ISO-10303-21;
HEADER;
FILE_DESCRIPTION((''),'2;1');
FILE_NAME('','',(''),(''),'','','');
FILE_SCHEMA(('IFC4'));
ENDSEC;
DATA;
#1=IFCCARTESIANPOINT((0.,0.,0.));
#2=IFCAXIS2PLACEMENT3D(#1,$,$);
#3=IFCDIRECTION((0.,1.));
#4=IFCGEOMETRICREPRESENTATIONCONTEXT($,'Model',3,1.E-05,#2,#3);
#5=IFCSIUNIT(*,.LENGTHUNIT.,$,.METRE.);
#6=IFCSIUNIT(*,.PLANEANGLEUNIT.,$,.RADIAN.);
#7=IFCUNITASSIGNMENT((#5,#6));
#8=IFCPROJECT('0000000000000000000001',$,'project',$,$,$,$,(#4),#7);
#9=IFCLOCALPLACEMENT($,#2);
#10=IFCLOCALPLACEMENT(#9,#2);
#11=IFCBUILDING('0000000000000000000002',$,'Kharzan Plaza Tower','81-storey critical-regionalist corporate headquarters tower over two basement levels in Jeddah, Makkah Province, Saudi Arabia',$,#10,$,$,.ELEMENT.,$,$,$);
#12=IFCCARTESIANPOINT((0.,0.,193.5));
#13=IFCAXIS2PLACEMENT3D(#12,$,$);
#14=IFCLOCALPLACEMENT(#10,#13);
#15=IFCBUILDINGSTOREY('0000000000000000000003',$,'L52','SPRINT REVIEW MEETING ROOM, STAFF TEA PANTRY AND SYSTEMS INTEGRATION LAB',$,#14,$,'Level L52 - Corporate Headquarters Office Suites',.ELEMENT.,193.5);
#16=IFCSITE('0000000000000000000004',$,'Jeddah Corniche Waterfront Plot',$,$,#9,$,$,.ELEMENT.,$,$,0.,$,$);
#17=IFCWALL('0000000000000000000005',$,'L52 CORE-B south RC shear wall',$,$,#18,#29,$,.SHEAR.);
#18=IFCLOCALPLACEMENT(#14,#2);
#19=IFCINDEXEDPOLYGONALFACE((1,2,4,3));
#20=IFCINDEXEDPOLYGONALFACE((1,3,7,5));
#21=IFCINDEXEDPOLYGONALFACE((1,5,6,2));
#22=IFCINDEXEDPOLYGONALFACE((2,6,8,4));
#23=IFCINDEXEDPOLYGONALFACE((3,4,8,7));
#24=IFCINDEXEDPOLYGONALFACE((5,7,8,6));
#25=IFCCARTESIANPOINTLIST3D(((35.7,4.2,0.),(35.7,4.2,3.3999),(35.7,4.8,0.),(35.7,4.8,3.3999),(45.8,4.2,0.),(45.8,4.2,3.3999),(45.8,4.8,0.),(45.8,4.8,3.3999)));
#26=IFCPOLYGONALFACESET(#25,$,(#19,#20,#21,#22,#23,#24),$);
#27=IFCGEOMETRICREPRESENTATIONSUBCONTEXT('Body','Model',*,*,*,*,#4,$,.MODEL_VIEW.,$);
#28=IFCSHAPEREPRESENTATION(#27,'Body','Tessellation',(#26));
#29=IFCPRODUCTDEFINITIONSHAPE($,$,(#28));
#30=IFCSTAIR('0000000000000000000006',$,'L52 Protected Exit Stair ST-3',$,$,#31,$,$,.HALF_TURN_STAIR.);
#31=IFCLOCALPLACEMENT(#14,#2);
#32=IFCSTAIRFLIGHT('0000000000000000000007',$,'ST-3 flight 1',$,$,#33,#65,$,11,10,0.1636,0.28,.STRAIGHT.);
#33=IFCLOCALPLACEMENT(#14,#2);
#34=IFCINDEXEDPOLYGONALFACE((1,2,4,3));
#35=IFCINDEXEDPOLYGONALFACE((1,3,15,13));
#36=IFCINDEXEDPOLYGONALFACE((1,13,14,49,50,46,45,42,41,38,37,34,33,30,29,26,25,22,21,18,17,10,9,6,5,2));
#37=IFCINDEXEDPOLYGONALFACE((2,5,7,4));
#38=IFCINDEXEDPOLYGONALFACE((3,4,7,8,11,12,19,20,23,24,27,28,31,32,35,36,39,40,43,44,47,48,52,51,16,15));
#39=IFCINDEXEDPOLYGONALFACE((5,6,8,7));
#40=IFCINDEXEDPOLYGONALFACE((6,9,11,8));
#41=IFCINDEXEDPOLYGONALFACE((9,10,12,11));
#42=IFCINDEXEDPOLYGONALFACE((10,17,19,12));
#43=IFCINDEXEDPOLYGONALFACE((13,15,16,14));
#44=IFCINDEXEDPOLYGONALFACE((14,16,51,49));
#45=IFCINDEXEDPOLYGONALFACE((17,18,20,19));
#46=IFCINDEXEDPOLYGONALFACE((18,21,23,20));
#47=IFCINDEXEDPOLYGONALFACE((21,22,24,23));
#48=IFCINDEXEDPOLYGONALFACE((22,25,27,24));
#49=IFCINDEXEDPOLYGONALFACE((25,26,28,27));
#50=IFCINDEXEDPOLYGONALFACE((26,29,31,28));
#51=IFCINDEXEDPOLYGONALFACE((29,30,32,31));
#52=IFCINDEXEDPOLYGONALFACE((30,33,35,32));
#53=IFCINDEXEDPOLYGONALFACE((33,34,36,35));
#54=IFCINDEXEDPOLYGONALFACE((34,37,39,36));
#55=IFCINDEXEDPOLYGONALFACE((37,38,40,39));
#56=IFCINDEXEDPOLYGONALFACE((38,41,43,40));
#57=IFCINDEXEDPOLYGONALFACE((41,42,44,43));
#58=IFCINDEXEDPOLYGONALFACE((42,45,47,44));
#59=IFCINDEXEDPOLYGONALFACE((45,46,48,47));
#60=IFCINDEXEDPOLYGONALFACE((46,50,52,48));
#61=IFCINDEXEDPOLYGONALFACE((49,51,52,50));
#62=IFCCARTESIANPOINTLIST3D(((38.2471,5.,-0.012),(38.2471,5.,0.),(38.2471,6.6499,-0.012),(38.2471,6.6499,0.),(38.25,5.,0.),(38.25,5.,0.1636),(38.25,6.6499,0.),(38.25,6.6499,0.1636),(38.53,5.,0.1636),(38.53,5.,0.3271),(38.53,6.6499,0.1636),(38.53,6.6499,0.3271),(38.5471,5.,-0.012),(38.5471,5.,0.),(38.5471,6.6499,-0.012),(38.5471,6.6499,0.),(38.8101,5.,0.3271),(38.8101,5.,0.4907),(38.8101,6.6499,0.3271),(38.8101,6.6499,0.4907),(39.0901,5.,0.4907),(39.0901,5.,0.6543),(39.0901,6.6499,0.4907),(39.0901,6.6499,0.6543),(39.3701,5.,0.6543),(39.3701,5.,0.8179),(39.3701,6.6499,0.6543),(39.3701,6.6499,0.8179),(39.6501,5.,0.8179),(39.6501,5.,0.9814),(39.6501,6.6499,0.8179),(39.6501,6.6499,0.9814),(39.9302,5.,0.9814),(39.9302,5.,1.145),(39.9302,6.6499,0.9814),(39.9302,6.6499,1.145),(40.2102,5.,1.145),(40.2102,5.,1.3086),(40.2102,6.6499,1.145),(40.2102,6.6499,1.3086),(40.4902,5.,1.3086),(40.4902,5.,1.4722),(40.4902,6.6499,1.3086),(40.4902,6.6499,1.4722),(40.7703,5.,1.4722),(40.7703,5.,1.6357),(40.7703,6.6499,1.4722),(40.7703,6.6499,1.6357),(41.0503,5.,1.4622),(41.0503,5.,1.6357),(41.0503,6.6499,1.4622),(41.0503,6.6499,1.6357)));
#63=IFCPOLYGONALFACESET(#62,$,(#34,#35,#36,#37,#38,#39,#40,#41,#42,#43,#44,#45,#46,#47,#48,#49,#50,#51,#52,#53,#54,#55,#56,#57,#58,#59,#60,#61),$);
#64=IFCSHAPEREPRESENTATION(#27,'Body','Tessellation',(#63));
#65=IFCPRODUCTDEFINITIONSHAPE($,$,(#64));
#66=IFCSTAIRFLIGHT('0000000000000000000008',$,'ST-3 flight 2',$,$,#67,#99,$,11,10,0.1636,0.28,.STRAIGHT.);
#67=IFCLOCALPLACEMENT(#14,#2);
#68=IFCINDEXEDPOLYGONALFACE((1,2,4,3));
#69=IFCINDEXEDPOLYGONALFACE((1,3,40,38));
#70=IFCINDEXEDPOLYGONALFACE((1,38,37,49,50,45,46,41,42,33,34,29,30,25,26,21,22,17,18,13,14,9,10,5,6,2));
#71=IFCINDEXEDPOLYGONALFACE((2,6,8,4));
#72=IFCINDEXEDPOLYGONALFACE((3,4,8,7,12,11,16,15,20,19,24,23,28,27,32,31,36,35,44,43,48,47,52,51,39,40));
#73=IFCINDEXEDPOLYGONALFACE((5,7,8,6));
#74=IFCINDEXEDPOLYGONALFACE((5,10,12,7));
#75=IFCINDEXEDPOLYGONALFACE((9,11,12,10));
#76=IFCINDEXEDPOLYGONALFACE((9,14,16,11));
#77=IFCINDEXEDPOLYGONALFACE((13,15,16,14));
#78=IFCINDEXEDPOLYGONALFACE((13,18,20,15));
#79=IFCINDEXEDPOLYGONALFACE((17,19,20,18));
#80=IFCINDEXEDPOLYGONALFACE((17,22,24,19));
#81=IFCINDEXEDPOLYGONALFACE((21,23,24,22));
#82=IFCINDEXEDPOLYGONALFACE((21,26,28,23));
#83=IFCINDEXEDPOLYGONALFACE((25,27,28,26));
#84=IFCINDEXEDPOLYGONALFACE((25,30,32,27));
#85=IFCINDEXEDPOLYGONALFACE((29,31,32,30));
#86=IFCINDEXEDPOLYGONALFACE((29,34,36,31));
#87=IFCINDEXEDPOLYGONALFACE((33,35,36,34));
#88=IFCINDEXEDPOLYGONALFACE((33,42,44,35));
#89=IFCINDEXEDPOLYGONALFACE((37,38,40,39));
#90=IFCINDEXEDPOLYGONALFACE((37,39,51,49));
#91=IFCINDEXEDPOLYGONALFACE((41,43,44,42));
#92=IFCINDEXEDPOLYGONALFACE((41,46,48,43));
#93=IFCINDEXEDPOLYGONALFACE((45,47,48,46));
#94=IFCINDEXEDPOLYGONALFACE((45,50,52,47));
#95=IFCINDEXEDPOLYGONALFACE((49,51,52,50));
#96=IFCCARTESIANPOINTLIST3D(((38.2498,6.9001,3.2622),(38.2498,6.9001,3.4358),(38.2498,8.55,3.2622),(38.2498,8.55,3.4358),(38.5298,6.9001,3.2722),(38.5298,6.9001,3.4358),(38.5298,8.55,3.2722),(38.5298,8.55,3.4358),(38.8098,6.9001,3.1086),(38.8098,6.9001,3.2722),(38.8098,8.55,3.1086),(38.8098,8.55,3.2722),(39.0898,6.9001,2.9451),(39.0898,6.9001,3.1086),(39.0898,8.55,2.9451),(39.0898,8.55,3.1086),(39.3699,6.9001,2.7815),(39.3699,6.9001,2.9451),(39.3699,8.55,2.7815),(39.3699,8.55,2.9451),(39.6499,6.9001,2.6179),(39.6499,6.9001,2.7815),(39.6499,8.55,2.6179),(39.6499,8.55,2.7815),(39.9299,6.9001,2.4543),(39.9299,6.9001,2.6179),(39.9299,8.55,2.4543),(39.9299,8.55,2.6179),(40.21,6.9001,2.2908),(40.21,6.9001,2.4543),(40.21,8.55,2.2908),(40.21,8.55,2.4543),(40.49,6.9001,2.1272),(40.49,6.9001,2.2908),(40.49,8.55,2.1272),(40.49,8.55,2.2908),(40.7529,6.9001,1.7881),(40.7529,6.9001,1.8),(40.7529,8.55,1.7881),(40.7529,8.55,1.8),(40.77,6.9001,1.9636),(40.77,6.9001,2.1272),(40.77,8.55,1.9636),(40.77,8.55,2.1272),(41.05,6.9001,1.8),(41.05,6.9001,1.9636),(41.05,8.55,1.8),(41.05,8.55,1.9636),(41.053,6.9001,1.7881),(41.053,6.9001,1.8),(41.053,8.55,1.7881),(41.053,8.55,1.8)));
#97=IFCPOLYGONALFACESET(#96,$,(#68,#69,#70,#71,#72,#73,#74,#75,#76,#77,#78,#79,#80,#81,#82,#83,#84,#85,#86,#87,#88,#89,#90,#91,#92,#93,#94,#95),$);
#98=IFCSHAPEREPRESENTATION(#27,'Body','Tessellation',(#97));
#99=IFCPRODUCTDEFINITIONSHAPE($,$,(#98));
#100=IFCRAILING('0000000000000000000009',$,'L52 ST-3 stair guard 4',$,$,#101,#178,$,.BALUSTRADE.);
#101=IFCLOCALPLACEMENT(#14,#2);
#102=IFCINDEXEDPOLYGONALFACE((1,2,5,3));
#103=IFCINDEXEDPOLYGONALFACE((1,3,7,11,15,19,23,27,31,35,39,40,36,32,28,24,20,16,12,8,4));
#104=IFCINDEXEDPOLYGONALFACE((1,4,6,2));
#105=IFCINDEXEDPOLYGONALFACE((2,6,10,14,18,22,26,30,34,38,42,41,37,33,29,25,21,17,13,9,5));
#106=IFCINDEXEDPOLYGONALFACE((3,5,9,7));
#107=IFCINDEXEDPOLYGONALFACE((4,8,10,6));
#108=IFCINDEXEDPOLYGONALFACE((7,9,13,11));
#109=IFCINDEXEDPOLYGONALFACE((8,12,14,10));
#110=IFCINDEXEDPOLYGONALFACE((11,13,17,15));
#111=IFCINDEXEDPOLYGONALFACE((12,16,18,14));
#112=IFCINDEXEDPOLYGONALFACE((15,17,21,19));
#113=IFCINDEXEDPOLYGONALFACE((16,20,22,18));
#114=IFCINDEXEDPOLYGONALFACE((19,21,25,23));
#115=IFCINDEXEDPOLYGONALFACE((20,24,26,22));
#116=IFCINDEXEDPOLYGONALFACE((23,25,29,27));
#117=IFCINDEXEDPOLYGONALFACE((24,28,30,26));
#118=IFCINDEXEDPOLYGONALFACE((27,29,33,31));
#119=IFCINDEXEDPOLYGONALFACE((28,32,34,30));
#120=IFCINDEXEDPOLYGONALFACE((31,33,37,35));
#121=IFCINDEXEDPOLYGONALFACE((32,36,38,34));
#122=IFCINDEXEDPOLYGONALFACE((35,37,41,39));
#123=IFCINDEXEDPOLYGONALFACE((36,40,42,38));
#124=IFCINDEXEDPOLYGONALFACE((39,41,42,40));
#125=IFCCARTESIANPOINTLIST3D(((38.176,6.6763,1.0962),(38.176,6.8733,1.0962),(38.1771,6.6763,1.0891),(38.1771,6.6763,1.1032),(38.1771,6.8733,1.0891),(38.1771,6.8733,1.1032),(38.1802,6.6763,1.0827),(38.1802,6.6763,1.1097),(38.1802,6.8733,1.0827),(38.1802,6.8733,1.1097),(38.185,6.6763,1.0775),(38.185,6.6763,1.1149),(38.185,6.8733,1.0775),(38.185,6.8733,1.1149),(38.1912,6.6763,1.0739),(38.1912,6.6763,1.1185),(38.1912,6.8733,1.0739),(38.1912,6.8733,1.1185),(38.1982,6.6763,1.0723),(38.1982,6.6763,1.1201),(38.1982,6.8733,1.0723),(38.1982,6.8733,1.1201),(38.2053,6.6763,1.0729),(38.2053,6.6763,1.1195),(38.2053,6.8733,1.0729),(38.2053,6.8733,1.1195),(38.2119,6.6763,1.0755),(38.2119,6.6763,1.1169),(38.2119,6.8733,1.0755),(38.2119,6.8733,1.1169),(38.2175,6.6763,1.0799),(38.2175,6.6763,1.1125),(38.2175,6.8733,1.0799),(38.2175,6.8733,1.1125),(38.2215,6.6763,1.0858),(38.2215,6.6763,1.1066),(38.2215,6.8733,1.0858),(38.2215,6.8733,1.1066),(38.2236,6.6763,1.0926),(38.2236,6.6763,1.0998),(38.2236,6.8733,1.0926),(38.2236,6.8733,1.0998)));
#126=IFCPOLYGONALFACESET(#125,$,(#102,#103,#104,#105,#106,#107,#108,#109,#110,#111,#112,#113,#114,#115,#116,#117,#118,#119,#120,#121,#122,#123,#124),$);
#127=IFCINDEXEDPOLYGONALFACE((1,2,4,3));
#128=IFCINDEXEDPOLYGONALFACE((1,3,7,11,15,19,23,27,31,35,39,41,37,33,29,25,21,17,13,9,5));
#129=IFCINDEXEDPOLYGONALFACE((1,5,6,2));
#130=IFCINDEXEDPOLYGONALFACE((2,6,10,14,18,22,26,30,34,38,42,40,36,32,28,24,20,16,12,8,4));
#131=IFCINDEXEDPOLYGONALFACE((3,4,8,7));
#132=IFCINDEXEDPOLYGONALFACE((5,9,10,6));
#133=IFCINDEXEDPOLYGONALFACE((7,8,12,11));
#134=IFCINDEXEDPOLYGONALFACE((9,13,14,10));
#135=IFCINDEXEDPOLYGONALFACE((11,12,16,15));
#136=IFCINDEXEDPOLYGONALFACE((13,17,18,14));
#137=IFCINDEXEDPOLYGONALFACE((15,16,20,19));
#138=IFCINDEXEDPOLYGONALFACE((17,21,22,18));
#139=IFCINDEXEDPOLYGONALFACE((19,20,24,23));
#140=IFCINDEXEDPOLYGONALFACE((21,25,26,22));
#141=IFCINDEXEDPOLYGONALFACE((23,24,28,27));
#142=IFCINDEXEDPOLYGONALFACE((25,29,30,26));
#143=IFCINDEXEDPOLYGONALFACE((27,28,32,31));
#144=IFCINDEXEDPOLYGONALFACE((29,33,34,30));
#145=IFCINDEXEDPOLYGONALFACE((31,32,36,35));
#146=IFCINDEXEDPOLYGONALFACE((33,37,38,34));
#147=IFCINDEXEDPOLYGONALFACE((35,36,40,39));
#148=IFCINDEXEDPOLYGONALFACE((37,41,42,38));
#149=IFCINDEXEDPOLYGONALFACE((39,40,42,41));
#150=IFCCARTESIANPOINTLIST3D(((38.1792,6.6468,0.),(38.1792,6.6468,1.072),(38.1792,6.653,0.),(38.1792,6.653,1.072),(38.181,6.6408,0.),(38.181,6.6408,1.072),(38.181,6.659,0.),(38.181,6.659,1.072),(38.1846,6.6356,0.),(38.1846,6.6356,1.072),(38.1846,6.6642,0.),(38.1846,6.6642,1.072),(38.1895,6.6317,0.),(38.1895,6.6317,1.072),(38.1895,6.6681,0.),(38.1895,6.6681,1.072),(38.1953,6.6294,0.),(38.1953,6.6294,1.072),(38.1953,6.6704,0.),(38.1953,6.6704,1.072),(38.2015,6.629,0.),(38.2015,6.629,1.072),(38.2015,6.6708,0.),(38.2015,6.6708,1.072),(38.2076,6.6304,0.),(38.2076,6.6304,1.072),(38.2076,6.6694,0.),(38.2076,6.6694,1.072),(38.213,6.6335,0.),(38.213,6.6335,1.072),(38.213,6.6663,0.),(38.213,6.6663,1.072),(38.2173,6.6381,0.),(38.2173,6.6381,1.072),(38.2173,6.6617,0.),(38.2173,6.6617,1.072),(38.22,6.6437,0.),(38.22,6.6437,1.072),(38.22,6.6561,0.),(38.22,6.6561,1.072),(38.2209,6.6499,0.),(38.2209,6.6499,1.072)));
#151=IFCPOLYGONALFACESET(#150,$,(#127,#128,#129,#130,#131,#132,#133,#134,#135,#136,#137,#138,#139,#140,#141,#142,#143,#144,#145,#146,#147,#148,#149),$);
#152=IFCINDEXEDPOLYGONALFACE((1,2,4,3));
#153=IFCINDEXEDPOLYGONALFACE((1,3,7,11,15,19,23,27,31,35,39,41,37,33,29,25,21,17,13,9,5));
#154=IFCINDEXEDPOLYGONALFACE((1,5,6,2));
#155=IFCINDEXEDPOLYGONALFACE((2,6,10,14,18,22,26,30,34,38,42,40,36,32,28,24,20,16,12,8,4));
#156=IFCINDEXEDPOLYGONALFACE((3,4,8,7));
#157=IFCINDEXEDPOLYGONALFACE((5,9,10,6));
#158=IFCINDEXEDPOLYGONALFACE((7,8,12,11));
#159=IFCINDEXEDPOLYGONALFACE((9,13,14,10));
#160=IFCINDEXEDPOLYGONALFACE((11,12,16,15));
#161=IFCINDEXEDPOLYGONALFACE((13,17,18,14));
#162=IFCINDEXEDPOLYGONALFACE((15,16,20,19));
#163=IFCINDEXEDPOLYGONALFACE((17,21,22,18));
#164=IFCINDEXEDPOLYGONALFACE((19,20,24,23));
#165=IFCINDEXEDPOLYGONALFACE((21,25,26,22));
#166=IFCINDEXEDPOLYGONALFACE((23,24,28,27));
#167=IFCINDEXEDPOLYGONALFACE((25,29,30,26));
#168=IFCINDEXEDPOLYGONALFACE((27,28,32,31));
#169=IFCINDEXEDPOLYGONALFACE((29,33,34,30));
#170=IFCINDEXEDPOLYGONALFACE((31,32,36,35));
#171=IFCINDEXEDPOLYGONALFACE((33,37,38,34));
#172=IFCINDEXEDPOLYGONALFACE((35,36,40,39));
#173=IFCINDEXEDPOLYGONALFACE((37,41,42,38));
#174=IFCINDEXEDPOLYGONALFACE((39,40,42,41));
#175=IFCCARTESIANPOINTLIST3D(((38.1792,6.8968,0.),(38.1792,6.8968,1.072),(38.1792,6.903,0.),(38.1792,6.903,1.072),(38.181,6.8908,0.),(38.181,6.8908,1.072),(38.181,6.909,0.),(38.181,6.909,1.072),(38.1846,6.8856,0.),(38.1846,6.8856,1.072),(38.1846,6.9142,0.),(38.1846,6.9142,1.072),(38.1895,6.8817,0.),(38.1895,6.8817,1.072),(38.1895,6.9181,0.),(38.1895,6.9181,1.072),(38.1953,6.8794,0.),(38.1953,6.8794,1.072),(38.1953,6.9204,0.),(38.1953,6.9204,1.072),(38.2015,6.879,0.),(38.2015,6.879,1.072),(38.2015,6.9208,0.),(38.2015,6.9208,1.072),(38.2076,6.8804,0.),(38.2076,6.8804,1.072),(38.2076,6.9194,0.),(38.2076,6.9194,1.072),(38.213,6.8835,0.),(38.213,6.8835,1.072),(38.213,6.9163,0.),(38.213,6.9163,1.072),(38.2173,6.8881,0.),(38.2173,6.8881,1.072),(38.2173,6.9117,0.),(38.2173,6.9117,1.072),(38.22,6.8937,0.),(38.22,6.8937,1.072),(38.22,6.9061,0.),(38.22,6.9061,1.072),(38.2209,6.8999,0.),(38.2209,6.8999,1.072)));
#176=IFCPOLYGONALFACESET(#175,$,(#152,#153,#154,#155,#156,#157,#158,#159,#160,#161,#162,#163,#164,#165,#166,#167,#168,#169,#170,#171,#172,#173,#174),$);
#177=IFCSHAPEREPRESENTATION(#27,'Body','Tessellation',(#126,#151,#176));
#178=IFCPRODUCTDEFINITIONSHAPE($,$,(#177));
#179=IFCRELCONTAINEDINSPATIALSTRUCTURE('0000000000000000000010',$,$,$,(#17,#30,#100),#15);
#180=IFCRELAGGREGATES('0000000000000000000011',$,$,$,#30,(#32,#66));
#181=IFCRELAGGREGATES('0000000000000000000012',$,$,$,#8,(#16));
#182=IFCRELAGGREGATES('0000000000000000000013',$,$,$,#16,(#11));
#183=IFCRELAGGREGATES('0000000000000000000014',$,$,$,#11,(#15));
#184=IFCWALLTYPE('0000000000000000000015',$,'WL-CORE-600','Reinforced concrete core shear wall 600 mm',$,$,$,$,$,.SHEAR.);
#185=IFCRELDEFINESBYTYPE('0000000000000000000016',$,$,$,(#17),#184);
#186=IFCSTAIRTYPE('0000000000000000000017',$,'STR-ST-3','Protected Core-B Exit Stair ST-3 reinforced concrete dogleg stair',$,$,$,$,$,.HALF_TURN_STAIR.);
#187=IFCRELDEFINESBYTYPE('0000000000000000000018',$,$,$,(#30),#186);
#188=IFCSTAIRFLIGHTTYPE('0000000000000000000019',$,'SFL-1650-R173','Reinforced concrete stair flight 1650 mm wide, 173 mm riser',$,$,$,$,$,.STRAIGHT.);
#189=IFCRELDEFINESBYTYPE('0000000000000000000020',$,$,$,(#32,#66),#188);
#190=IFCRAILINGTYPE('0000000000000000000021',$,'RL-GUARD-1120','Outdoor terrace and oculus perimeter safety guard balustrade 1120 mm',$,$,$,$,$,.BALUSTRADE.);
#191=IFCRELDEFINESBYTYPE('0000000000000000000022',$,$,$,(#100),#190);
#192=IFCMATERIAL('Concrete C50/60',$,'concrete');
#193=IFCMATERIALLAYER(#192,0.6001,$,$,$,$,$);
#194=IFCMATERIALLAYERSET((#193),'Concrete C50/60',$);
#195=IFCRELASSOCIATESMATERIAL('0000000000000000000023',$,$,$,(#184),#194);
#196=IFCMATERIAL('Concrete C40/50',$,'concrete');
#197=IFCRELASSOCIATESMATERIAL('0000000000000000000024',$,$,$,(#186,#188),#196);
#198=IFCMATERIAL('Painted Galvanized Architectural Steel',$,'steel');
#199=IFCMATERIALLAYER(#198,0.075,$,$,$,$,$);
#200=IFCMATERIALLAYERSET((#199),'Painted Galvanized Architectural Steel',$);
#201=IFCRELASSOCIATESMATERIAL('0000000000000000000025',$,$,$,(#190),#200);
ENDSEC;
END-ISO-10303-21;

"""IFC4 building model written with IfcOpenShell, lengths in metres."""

from ifc_helpers import new_model, si_unit, direction, frame, frame_2d, origin, origin_2d, place, context, subcontext, project, spatial, polyline, rectangle, circle, outline, extrude, source, transform, mapped, material, layer, layer_set, type_object, element, aggregate, save


model = new_model("IFC4")

# Units and contexts
model_context = context("Model", 3, precision=1e-05, world=origin(), true_north=direction((0.0, 1.0)))
body_context = subcontext(model_context, "Body", "Model", "MODEL_VIEW")
ifc_project = project(units=[si_unit("LENGTHUNIT", "METRE"), si_unit("PLANEANGLEUNIT", "RADIAN")], contexts=[model_context])

# Site, building, storey
site_placement = place(None, origin())
site = spatial("IfcSite", under=ifc_project, at=site_placement, Name="Jeddah Corniche Waterfront Plot", CompositionType="ELEMENT", RefElevation=0.0)
building_placement = place(site_placement, origin())
building = spatial("IfcBuilding", under=site, at=building_placement, Name="Kharzan Plaza Tower", Description="81-storey critical-regionalist corporate headquarters tower over two basement levels in Jeddah, Makkah Province, Saudi Arabia", CompositionType="ELEMENT")
storey_placement = place(building_placement, frame((0.0, 0.0, 193.5)))
storey = spatial("IfcBuildingStorey", under=building, at=storey_placement, Name="L52", Description="SPRINT REVIEW MEETING ROOM, STAFF TEA PANTRY AND SYSTEMS INTEGRATION LAB", LongName="Level L52 - Corporate Headquarters Office Suites", CompositionType="ELEMENT", Elevation=193.5)

# Shared definitions
ifc_material_1 = material(Name="Concrete C50/60", Category="concrete")

# Shared definitions
ifc_material_2 = material(Name="Concrete C40/50", Category="concrete")

# Wall
ifc_layer_1 = layer(ifc_material_1, 0.6001)
ifc_layer_set_1 = layer_set([ifc_layer_1], Name="Concrete C50/60")
wall_type_1 = type_object("IfcWallType", Name="WL-CORE-600", Description="Reinforced concrete core shear wall 600 mm", PredefinedType="SHEAR", material=ifc_layer_set_1)
shared_shape_1 = source(origin(), body_context, "Body", "SweptSolid", [
    extrude(rectangle(XDim=10.1001, YDim=0.6001, at=frame_2d((5.05, 0.0))), origin(), (0.0, 0.0, 1.0), 3.3999),
])
wall_1_placement = place(storey_placement, frame((35.7, 4.5, 0.0), z_axis=(0.0, 0.0, 1.0), x_axis=(1.0, 0.0, 0.0)))
element("IfcWall", 1, at=wall_1_placement, inside=storey, type_object=wall_type_1, Name="L52 CORE-B south RC shear wall", PredefinedType="SHEAR", context=body_context, shape_type="MappedRepresentation", body=[
    mapped(shared_shape_1, transform((0.0, 0.0, 0.0), x_axis=(1.0, 0.0, 0.0), y_axis=(0.0, 1.0, 0.0), z_axis=(0.0, 0.0, 1.0))),
])

# Stair, stair flights
stair_type = type_object("IfcStairType", Name="STR-ST-3", Description="Protected Core-B Exit Stair ST-3 reinforced concrete dogleg stair", PredefinedType="HALF_TURN_STAIR", material=ifc_material_2)
stair_placement = place(storey_placement, origin())
stair = element("IfcStair", 2, at=stair_placement, inside=storey, type_object=stair_type, Name="L52 Protected Exit Stair ST-3", PredefinedType="HALF_TURN_STAIR")
stair_flight_type = type_object("IfcStairFlightType", Name="SFL-1650-R173", Description="Reinforced concrete stair flight 1650 mm wide, 173 mm riser", PredefinedType="STRAIGHT", material=ifc_material_2)
shared_shape_2 = source(origin(), body_context, "Body", "SweptSolid", [
    extrude(outline(polyline([(-0.0029, -0.012), (-0.0029, 0.0), (0.0, 0.0), (0.0, 0.1636), (0.28, 0.1636), (0.28, 0.3271), (0.5601, 0.3271), (0.5601, 0.4907), (0.8401, 0.4907), (0.8401, 0.6543), (1.1201, 0.6543), (1.1201, 0.8179), (1.4001, 0.8179), (1.4001, 0.9814), (1.6802, 0.9814), (1.6802, 1.145), (1.9602, 1.145), (1.9602, 1.3086), (2.2402, 1.3086), (2.2402, 1.4722), (2.5203, 1.4722), (2.5203, 1.6357), (2.8003, 1.6357), (2.8003, 1.7993), (2.8003, 1.4622), (0.2971, 0.0), (0.2971, -0.012), (-0.0029, -0.012)])), frame((0.0, 0.825, 0.0), z_axis=(0.0, -1.0, 0.0), x_axis=(1.0, 0.0, 0.0)), (0.0, 0.0, 1.0), 1.6499),
])
stair_flight_1_placement = place(storey_placement, frame((38.25, 5.825, 0.0), z_axis=(0.0, 0.0, 1.0), x_axis=(1.0, 0.0, 0.0)))
stair_flight_1 = element("IfcStairFlight", 3, at=stair_flight_1_placement, type_object=stair_flight_type, Name="ST-3 flight 1", NumberOfRisers=11, NumberOfTreads=10, PredefinedType="STRAIGHT", RiserHeight=0.1636, TreadLength=0.28, context=body_context, shape_type="MappedRepresentation", body=[
    mapped(shared_shape_2, transform((0.0, 0.0, 0.0), x_axis=(1.0, 0.0, 0.0), y_axis=(0.0, 1.0, 0.0), z_axis=(0.0, 0.0, 1.0))),
])
stair_flight_2_placement = place(storey_placement, frame((41.05, 7.7251, 1.8), z_axis=(0.0, 0.0, 1.0), x_axis=(-1.0, 0.0, 0.0)))
stair_flight_2 = element("IfcStairFlight", 4, at=stair_flight_2_placement, type_object=stair_flight_type, Name="ST-3 flight 2", NumberOfRisers=11, NumberOfTreads=10, PredefinedType="STRAIGHT", RiserHeight=0.1636, TreadLength=0.28, context=body_context, shape_type="MappedRepresentation", body=[
    mapped(shared_shape_2, transform((0.0, 0.0, 0.0), x_axis=(1.0, 0.0, 0.0), y_axis=(0.0, 1.0, 0.0), z_axis=(0.0, 0.0, 1.0))),
])
aggregate(stair, [stair_flight_1, stair_flight_2])

# Railing
ifc_material_3 = material(Name="Painted Galvanized Architectural Steel", Category="steel")
ifc_layer_2 = layer(ifc_material_3, 0.075)
ifc_layer_set_2 = layer_set([ifc_layer_2], Name="Painted Galvanized Architectural Steel")
railing_type_1 = type_object("IfcRailingType", Name="RL-GUARD-1120", Description="Outdoor terrace and oculus perimeter safety guard balustrade 1120 mm", PredefinedType="BALUSTRADE", material=ifc_layer_set_2)
shared_shape_3 = source(origin(), body_context, "Body", "SweptSolid", [
    extrude(circle(Radius=0.0239, at=origin_2d()), frame((0.0, 0.0264, 1.0962), z_axis=(0.0, 1.0, 0.0), x_axis=(-1.0, 0.0, 0.0)), (0.0, 0.0, 1.0), 0.197),
    extrude(circle(Radius=0.021, at=origin_2d()), origin(), (0.0, 0.0, 1.0), 1.072),
    extrude(circle(Radius=0.021, at=origin_2d()), frame((0.0, 0.25, 0.0)), (0.0, 0.0, 1.0), 1.072),
])
railing_1_placement = place(storey_placement, frame((38.2, 6.6499, 0.0)))
element("IfcRailing", 5, at=railing_1_placement, inside=storey, type_object=railing_type_1, Name="L52 ST-3 stair guard 4", PredefinedType="BALUSTRADE", context=body_context, shape_type="MappedRepresentation", body=[
    mapped(shared_shape_3, transform((0.0, 0.0, 0.0), x_axis=(1.0, 0.0, 0.0), y_axis=(0.0, 1.0, 0.0), z_axis=(0.0, 0.0, 1.0))),
])

save(model, "model.ifc")
